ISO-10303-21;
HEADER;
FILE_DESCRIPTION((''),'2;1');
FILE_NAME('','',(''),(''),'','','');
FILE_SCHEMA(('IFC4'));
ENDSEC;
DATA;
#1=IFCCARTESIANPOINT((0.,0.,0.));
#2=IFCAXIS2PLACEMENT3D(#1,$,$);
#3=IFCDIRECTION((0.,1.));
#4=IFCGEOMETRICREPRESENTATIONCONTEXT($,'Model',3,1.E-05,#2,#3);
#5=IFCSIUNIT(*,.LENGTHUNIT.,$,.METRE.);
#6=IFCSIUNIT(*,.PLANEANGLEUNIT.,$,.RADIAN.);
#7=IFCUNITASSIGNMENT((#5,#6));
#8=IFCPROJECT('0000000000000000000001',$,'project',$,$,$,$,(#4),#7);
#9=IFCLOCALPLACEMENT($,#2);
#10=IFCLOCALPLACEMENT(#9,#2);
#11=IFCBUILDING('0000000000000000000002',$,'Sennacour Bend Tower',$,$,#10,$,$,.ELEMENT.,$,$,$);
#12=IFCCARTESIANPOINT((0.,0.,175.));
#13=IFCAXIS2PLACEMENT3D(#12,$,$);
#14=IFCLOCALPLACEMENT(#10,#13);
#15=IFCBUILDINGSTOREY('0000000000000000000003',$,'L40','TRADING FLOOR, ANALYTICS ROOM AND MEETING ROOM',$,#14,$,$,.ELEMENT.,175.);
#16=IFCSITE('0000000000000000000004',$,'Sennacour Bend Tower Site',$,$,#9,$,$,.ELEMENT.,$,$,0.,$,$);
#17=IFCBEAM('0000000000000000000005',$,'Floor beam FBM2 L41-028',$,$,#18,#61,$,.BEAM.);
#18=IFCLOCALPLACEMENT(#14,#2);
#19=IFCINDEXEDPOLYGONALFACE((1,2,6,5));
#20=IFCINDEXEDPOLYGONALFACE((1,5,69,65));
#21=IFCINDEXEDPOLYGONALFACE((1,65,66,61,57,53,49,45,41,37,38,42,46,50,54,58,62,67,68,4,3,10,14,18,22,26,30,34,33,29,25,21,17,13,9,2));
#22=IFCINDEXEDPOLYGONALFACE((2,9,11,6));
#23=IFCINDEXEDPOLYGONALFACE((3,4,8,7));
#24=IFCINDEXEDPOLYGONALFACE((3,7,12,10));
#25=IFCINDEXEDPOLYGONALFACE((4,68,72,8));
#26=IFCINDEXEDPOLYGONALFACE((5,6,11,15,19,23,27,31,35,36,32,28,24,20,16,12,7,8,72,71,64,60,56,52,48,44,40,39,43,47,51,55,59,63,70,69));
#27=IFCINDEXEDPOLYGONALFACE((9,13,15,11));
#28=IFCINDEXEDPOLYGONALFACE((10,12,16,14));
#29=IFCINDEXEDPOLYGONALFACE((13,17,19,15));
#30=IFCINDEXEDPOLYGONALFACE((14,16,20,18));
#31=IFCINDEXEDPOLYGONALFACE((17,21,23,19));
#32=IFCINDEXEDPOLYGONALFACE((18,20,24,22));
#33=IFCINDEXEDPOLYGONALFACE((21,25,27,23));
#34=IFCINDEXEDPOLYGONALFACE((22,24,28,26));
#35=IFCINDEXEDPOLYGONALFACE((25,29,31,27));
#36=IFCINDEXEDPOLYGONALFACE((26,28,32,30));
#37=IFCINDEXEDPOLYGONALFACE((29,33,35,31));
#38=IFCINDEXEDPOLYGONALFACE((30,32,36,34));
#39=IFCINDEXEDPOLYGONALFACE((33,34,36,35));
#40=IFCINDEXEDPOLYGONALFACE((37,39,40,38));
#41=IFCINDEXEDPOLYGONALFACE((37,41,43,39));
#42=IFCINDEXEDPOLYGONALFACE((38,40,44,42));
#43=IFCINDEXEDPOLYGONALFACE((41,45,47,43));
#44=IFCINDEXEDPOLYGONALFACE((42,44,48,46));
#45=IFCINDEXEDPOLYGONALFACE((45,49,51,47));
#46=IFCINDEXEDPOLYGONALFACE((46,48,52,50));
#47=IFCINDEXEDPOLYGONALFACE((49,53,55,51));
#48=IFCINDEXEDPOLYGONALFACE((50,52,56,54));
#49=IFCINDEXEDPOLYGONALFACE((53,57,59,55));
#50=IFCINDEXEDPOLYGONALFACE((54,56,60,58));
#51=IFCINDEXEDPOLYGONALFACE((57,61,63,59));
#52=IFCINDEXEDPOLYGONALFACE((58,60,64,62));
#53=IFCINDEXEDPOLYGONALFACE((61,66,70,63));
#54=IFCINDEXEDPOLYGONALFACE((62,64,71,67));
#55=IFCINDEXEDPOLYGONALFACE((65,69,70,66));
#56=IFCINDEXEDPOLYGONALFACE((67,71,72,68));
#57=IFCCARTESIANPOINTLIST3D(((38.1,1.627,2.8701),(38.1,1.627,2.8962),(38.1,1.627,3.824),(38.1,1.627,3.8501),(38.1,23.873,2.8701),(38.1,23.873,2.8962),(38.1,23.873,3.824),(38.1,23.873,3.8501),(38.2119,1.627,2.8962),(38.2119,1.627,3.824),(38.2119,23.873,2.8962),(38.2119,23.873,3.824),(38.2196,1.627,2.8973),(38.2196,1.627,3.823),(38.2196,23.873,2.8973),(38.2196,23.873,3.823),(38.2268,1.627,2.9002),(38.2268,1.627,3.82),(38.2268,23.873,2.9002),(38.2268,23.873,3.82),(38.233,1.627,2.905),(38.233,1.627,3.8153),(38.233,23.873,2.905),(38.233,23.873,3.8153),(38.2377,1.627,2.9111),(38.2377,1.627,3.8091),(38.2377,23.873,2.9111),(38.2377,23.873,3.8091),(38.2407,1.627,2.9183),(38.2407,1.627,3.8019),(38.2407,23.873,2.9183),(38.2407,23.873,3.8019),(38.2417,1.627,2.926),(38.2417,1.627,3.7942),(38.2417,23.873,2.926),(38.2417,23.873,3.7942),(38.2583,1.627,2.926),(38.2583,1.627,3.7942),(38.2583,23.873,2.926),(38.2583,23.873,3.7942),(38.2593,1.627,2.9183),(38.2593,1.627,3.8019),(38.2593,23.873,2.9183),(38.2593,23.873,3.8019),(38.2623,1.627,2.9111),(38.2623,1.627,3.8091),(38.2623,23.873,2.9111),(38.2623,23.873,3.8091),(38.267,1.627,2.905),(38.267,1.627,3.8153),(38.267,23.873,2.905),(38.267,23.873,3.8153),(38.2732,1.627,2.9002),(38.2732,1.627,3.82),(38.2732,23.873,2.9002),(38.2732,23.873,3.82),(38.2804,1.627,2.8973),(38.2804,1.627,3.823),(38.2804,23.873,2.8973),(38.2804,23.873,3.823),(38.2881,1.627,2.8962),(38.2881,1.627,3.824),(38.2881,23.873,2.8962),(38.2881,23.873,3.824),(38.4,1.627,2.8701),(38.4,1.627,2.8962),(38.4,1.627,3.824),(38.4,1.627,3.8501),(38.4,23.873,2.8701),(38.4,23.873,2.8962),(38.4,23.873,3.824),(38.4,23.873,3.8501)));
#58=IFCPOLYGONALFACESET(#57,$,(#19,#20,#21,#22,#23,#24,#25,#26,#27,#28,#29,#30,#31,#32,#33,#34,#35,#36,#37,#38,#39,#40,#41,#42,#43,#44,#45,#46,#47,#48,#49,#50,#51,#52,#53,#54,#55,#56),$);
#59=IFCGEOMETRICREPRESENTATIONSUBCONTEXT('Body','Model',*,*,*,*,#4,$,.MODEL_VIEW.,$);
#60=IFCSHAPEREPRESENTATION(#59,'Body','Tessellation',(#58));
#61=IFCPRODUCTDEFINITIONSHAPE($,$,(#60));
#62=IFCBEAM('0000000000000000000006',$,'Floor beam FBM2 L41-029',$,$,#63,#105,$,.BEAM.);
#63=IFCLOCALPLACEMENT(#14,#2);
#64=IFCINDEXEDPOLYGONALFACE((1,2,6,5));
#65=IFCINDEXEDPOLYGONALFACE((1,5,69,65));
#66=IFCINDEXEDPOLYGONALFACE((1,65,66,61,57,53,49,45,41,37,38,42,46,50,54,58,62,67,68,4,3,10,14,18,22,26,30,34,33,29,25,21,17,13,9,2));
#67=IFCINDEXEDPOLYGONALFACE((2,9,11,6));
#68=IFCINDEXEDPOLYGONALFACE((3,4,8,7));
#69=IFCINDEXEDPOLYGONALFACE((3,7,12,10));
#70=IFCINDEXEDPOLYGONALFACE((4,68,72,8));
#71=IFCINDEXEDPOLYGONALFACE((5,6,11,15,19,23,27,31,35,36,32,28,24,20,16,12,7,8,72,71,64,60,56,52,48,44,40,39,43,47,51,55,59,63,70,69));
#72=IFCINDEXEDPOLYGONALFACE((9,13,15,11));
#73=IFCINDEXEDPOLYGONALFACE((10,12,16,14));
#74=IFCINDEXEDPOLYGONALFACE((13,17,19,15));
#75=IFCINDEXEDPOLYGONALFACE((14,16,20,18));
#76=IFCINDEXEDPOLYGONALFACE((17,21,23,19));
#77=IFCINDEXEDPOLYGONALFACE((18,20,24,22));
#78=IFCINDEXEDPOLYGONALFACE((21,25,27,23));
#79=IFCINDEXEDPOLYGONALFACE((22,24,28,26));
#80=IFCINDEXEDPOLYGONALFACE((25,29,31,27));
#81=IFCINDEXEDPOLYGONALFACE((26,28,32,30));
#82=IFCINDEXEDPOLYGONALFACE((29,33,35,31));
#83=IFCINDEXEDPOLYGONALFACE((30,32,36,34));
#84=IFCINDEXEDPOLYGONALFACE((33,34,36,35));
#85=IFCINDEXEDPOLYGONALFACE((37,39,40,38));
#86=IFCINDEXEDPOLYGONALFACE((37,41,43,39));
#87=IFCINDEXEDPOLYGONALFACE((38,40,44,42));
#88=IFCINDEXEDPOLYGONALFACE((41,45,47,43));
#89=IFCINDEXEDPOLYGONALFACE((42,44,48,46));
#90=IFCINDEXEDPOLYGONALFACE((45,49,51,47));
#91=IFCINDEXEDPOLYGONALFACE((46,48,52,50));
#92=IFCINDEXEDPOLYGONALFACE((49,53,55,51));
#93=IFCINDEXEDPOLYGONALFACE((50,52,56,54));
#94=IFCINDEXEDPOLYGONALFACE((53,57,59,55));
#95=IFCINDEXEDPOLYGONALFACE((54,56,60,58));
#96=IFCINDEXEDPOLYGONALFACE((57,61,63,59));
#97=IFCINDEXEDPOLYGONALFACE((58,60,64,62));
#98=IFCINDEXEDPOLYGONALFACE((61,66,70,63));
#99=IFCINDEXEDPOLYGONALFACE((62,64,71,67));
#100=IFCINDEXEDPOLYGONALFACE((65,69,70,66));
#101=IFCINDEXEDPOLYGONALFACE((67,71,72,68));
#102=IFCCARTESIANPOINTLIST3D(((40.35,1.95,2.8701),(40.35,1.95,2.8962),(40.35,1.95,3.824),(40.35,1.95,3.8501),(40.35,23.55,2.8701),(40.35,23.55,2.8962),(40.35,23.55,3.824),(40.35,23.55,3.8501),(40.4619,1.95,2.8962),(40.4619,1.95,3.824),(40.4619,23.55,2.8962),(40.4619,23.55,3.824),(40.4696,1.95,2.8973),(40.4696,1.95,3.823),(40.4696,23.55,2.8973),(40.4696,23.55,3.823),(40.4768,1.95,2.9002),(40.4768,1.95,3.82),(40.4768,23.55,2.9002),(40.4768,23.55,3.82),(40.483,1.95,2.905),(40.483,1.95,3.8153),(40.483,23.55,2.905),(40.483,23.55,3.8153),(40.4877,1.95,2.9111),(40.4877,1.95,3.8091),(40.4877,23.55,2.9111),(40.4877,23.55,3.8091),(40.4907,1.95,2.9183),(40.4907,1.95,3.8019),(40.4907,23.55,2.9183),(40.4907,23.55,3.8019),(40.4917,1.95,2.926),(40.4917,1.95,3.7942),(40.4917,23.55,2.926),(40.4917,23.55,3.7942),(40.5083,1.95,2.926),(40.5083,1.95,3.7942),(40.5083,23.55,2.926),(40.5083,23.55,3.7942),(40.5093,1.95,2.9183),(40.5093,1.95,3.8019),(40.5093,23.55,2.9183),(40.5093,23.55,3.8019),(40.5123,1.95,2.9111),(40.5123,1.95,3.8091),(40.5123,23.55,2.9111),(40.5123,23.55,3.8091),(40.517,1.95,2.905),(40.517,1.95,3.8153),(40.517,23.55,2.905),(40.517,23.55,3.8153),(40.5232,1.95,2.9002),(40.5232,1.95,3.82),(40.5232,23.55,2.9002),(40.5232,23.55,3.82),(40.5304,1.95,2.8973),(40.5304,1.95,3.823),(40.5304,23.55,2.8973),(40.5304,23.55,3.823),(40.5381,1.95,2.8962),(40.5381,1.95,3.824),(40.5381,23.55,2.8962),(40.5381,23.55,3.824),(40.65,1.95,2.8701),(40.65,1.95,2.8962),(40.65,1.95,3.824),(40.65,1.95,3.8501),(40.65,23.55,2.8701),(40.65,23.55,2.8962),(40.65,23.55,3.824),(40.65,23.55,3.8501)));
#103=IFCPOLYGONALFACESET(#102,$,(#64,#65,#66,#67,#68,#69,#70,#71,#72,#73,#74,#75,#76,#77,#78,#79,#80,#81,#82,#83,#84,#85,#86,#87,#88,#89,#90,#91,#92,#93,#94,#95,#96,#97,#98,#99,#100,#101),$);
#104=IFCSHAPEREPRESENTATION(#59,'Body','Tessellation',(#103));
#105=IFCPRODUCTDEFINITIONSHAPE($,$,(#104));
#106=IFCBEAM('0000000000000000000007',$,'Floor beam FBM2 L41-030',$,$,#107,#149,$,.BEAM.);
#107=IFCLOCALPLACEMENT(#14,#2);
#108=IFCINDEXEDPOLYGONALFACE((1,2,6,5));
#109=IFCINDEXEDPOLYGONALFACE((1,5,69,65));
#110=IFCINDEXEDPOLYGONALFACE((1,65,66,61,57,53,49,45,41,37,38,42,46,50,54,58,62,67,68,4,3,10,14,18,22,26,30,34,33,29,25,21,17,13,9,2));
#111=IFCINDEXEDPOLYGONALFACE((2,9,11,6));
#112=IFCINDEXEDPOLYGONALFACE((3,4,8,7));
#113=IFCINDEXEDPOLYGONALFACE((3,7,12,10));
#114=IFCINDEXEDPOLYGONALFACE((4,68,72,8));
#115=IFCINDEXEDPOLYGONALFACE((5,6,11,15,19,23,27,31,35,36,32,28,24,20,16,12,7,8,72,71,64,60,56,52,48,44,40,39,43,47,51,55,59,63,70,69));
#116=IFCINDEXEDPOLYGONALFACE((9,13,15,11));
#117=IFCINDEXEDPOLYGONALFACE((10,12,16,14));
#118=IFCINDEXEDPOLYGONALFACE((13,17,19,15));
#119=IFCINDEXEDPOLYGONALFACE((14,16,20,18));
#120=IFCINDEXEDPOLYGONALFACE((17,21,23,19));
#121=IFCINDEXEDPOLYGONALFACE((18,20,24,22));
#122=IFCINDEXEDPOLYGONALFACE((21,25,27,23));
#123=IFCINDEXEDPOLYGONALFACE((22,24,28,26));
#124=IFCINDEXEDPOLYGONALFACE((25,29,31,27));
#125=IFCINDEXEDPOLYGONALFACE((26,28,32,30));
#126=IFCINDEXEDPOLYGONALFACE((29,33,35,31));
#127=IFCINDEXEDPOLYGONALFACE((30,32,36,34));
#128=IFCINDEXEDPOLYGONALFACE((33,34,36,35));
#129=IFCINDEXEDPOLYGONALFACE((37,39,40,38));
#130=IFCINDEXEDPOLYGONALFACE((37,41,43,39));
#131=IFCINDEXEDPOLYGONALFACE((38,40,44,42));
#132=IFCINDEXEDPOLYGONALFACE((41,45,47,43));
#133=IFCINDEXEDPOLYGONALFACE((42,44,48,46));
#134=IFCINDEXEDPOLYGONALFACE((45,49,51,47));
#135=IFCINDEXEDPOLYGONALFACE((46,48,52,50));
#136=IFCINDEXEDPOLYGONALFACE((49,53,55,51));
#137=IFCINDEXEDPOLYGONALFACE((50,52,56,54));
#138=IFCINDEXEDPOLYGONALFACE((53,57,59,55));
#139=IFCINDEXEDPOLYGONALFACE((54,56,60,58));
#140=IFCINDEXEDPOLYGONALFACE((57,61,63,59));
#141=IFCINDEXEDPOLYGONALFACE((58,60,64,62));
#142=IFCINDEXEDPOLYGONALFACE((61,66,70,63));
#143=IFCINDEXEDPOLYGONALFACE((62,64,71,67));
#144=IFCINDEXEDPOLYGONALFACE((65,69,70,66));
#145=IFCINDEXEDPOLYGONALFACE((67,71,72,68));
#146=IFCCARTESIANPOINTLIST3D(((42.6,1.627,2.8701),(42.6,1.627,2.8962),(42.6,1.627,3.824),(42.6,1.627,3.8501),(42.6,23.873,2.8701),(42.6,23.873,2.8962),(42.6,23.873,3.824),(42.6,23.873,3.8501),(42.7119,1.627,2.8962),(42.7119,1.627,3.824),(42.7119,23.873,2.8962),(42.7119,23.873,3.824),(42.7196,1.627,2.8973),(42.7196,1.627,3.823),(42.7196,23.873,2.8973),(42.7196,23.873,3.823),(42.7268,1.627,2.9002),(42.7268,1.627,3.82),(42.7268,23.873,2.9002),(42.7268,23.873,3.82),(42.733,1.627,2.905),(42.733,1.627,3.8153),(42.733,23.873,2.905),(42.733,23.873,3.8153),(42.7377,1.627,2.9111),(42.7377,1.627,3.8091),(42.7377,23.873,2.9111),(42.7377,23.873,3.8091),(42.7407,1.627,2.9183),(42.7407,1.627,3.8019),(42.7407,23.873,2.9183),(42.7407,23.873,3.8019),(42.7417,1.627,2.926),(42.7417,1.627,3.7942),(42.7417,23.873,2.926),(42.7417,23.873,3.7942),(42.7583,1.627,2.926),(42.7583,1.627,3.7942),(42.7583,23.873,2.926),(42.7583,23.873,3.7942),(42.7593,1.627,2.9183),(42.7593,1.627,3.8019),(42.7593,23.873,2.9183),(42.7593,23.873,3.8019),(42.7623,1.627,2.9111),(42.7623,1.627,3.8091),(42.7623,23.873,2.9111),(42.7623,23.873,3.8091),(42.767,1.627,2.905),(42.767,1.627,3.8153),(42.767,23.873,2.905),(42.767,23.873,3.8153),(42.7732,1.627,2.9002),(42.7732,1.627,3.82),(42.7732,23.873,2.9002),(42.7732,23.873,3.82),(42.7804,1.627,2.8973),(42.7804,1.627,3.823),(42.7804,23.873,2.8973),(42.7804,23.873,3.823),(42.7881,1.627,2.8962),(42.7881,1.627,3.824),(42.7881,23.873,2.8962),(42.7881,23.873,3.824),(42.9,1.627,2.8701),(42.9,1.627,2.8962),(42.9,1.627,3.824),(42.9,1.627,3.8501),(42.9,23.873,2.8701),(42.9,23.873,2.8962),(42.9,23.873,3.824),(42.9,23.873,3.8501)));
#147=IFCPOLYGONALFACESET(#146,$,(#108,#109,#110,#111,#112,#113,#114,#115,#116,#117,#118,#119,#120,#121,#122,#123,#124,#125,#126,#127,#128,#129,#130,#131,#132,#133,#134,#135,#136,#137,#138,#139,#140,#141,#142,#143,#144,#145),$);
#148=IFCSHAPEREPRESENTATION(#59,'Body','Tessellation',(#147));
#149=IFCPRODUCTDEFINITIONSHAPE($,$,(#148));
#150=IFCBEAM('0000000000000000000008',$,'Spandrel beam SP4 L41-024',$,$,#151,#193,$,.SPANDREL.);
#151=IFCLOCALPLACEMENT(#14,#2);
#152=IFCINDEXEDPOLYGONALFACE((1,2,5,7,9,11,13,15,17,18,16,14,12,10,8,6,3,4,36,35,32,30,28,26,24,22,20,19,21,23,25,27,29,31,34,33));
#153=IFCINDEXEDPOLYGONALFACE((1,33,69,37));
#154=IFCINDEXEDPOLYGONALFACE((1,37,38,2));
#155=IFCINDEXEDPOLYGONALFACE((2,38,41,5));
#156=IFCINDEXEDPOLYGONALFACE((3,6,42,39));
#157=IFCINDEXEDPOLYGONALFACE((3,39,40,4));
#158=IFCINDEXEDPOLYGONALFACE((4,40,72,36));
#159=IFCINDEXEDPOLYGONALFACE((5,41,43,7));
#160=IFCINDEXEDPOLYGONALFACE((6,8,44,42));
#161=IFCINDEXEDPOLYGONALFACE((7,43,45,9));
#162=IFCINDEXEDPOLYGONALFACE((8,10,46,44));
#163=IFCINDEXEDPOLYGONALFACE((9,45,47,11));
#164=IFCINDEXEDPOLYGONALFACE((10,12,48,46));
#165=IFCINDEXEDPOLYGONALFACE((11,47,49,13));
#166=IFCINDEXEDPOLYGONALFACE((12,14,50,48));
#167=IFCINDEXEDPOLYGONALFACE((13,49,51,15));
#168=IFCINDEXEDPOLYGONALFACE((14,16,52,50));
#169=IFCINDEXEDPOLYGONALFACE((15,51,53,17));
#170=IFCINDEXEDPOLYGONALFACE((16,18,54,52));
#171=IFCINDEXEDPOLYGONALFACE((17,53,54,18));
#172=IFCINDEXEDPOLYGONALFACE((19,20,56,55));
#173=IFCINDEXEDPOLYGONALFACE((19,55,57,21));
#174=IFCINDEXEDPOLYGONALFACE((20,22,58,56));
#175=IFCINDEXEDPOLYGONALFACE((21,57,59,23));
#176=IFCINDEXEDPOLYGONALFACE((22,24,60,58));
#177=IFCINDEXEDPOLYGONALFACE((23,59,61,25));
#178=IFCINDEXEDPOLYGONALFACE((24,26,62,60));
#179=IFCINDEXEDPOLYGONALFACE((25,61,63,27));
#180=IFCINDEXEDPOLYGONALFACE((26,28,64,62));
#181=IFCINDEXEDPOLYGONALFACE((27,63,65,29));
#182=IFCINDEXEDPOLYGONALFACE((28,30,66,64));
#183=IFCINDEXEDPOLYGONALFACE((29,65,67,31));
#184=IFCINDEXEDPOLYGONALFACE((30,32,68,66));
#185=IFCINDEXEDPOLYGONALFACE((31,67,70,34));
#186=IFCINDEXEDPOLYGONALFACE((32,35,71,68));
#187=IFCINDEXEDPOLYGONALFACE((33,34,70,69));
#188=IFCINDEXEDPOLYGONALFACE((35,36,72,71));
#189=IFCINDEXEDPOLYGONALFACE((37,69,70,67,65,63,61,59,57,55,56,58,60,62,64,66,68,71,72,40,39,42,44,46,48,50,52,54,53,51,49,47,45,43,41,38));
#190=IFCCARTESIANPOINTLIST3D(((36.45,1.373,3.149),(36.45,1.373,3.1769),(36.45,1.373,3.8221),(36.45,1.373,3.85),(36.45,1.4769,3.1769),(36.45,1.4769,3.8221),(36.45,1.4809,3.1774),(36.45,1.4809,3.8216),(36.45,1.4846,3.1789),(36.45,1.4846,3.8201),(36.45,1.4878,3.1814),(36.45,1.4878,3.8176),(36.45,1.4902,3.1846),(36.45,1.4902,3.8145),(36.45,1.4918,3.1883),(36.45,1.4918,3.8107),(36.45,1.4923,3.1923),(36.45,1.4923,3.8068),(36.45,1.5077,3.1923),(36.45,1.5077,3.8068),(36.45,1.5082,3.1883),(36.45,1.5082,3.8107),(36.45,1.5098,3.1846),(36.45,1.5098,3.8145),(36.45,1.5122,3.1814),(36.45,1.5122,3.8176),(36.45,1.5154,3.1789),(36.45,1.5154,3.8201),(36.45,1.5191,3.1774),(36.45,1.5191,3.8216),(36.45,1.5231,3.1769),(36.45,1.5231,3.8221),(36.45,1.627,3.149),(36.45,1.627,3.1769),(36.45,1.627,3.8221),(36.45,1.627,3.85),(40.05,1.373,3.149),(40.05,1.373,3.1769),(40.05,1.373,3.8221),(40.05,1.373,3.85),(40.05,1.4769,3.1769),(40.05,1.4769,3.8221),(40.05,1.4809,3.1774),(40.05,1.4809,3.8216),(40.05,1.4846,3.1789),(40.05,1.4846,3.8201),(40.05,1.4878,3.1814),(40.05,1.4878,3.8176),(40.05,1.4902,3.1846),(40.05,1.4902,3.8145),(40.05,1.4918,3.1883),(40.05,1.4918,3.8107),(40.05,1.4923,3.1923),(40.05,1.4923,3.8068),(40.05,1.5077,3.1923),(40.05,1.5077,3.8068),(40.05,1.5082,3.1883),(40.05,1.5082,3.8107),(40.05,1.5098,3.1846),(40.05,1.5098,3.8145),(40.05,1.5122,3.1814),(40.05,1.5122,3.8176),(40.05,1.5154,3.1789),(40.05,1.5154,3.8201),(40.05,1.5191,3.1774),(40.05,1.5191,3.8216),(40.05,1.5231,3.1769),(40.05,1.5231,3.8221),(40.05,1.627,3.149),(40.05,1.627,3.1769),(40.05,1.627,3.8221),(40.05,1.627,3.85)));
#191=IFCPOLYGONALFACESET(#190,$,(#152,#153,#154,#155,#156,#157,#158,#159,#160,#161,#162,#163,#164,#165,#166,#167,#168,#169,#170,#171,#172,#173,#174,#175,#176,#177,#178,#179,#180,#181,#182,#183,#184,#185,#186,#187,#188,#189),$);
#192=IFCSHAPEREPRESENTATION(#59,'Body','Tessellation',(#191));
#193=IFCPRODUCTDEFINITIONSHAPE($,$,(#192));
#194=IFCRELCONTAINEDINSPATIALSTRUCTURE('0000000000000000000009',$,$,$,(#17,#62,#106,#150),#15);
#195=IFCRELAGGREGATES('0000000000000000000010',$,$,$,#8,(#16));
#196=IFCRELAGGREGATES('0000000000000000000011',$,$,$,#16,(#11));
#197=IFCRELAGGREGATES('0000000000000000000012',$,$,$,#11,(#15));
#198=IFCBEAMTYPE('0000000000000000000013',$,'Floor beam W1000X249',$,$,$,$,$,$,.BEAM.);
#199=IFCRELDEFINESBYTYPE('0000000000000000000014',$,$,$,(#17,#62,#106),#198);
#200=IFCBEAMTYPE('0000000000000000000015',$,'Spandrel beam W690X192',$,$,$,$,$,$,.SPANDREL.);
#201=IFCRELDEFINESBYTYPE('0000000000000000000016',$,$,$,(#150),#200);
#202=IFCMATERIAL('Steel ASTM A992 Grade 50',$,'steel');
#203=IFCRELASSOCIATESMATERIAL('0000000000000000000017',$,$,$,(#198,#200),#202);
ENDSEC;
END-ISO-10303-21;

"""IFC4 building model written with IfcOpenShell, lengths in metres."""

from ifc_helpers import new_model, si_unit, direction, frame, origin, origin_2d, place, context, subcontext, project, spatial, i_section, extrude, material, material_profile, profile_set, type_object, element, save


model = new_model("IFC4")

# Units and contexts
model_context = context("Model", 3, precision=1e-05, world=origin(), true_north=direction((0.0, 1.0)))
body_context = subcontext(model_context, "Body", "Model", "MODEL_VIEW")
ifc_project = project(units=[si_unit("LENGTHUNIT", "METRE"), si_unit("PLANEANGLEUNIT", "RADIAN")], contexts=[model_context])

# Site, building, storey
site_placement = place(None, origin())
site = spatial("IfcSite", under=ifc_project, at=site_placement, Name="Sennacour Bend Tower Site", CompositionType="ELEMENT", RefElevation=0.0)
building_placement = place(site_placement, origin())
building = spatial("IfcBuilding", under=site, at=building_placement, Name="Sennacour Bend Tower", CompositionType="ELEMENT")
storey_placement = place(building_placement, frame((0.0, 0.0, 175.0)))
storey = spatial("IfcBuildingStorey", under=building, at=storey_placement, Name="L40", Description="TRADING FLOOR, ANALYTICS ROOM AND MEETING ROOM", CompositionType="ELEMENT", Elevation=175.0)

# Beams
ifc_material_1 = material(Name="Steel ASTM A992 Grade 50", Category="steel")
ifc_material_profile_1 = material_profile(ifc_material_1, i_section(OverallWidth=0.3, OverallDepth=0.98, WebThickness=0.0166, FlangeThickness=0.0261, FilletRadius=0.0298, at=origin_2d()), Name="Steel ASTM A992 Grade 50", Category="steel")
ifc_profile_set_1 = profile_set([ifc_material_profile_1], Name="Steel ASTM A992 Grade 50")
beam_type_1 = type_object("IfcBeamType", Name="Floor beam W1000X249", PredefinedType="BEAM", material=ifc_profile_set_1)
beam_1_placement = place(storey_placement, frame((38.25, 1.627, 3.3601), z_axis=(0.0, 1.0, 0.0), x_axis=(-1.0, 0.0, 0.0)))
element("IfcBeam", 1, at=beam_1_placement, inside=storey, type_object=beam_type_1, Name="Floor beam FBM2 L41-028", PredefinedType="BEAM", context=body_context, shape_type="SweptSolid", body=[
    extrude(i_section(OverallWidth=0.3, OverallDepth=0.98, WebThickness=0.0166, FlangeThickness=0.0261, FilletRadius=0.0298, at=origin_2d()), origin(), (0.0, 0.0, 1.0), 22.2461),
])
beam_2_placement = place(storey_placement, frame((40.5, 1.95, 3.3601), z_axis=(0.0, 1.0, 0.0), x_axis=(-1.0, 0.0, 0.0)))
element("IfcBeam", 2, at=beam_2_placement, inside=storey, type_object=beam_type_1, Name="Floor beam FBM2 L41-029", PredefinedType="BEAM", context=body_context, shape_type="SweptSolid", body=[
    extrude(i_section(OverallWidth=0.3, OverallDepth=0.98, WebThickness=0.0166, FlangeThickness=0.0261, FilletRadius=0.0298, at=origin_2d()), origin(), (0.0, 0.0, 1.0), 21.6001),
])
beam_3_placement = place(storey_placement, frame((42.75, 1.627, 3.3601), z_axis=(0.0, 1.0, 0.0), x_axis=(-1.0, 0.0, 0.0)))
element("IfcBeam", 3, at=beam_3_placement, inside=storey, type_object=beam_type_1, Name="Floor beam FBM2 L41-030", PredefinedType="BEAM", context=body_context, shape_type="SweptSolid", body=[
    extrude(i_section(OverallWidth=0.3, OverallDepth=0.98, WebThickness=0.0166, FlangeThickness=0.0261, FilletRadius=0.0298, at=origin_2d()), origin(), (0.0, 0.0, 1.0), 22.2461),
])
ifc_material_profile_2 = material_profile(ifc_material_1, i_section(OverallWidth=0.2539, OverallDepth=0.7009, WebThickness=0.0154, FlangeThickness=0.0278, FilletRadius=0.0154, at=origin_2d()), Name="Steel ASTM A992 Grade 50", Category="steel")
ifc_profile_set_2 = profile_set([ifc_material_profile_2], Name="Steel ASTM A992 Grade 50")
beam_type_2 = type_object("IfcBeamType", Name="Spandrel beam W690X192", PredefinedType="SPANDREL", material=ifc_profile_set_2)
for number, where, z_axis, x_axis, name in (
    (4, (40.05, 1.5, 3.4995), (-1.0, 0.0, 0.0), (0.0, -1.0, 0.0), "Spandrel beam SP4 L41-024"),
):
    element("IfcBeam", number, at=place(storey_placement, frame(where, z_axis=z_axis, x_axis=x_axis)), inside=storey, type_object=beam_type_2, Name=name, PredefinedType="SPANDREL", context=body_context, shape_type="SweptSolid", body=[
        extrude(i_section(OverallWidth=0.2539, OverallDepth=0.7009, WebThickness=0.0154, FlangeThickness=0.0278, FilletRadius=0.0154, at=origin_2d()), origin(), (0.0, 0.0, 1.0), 3.6001),
    ])

save(model, "model.ifc")
